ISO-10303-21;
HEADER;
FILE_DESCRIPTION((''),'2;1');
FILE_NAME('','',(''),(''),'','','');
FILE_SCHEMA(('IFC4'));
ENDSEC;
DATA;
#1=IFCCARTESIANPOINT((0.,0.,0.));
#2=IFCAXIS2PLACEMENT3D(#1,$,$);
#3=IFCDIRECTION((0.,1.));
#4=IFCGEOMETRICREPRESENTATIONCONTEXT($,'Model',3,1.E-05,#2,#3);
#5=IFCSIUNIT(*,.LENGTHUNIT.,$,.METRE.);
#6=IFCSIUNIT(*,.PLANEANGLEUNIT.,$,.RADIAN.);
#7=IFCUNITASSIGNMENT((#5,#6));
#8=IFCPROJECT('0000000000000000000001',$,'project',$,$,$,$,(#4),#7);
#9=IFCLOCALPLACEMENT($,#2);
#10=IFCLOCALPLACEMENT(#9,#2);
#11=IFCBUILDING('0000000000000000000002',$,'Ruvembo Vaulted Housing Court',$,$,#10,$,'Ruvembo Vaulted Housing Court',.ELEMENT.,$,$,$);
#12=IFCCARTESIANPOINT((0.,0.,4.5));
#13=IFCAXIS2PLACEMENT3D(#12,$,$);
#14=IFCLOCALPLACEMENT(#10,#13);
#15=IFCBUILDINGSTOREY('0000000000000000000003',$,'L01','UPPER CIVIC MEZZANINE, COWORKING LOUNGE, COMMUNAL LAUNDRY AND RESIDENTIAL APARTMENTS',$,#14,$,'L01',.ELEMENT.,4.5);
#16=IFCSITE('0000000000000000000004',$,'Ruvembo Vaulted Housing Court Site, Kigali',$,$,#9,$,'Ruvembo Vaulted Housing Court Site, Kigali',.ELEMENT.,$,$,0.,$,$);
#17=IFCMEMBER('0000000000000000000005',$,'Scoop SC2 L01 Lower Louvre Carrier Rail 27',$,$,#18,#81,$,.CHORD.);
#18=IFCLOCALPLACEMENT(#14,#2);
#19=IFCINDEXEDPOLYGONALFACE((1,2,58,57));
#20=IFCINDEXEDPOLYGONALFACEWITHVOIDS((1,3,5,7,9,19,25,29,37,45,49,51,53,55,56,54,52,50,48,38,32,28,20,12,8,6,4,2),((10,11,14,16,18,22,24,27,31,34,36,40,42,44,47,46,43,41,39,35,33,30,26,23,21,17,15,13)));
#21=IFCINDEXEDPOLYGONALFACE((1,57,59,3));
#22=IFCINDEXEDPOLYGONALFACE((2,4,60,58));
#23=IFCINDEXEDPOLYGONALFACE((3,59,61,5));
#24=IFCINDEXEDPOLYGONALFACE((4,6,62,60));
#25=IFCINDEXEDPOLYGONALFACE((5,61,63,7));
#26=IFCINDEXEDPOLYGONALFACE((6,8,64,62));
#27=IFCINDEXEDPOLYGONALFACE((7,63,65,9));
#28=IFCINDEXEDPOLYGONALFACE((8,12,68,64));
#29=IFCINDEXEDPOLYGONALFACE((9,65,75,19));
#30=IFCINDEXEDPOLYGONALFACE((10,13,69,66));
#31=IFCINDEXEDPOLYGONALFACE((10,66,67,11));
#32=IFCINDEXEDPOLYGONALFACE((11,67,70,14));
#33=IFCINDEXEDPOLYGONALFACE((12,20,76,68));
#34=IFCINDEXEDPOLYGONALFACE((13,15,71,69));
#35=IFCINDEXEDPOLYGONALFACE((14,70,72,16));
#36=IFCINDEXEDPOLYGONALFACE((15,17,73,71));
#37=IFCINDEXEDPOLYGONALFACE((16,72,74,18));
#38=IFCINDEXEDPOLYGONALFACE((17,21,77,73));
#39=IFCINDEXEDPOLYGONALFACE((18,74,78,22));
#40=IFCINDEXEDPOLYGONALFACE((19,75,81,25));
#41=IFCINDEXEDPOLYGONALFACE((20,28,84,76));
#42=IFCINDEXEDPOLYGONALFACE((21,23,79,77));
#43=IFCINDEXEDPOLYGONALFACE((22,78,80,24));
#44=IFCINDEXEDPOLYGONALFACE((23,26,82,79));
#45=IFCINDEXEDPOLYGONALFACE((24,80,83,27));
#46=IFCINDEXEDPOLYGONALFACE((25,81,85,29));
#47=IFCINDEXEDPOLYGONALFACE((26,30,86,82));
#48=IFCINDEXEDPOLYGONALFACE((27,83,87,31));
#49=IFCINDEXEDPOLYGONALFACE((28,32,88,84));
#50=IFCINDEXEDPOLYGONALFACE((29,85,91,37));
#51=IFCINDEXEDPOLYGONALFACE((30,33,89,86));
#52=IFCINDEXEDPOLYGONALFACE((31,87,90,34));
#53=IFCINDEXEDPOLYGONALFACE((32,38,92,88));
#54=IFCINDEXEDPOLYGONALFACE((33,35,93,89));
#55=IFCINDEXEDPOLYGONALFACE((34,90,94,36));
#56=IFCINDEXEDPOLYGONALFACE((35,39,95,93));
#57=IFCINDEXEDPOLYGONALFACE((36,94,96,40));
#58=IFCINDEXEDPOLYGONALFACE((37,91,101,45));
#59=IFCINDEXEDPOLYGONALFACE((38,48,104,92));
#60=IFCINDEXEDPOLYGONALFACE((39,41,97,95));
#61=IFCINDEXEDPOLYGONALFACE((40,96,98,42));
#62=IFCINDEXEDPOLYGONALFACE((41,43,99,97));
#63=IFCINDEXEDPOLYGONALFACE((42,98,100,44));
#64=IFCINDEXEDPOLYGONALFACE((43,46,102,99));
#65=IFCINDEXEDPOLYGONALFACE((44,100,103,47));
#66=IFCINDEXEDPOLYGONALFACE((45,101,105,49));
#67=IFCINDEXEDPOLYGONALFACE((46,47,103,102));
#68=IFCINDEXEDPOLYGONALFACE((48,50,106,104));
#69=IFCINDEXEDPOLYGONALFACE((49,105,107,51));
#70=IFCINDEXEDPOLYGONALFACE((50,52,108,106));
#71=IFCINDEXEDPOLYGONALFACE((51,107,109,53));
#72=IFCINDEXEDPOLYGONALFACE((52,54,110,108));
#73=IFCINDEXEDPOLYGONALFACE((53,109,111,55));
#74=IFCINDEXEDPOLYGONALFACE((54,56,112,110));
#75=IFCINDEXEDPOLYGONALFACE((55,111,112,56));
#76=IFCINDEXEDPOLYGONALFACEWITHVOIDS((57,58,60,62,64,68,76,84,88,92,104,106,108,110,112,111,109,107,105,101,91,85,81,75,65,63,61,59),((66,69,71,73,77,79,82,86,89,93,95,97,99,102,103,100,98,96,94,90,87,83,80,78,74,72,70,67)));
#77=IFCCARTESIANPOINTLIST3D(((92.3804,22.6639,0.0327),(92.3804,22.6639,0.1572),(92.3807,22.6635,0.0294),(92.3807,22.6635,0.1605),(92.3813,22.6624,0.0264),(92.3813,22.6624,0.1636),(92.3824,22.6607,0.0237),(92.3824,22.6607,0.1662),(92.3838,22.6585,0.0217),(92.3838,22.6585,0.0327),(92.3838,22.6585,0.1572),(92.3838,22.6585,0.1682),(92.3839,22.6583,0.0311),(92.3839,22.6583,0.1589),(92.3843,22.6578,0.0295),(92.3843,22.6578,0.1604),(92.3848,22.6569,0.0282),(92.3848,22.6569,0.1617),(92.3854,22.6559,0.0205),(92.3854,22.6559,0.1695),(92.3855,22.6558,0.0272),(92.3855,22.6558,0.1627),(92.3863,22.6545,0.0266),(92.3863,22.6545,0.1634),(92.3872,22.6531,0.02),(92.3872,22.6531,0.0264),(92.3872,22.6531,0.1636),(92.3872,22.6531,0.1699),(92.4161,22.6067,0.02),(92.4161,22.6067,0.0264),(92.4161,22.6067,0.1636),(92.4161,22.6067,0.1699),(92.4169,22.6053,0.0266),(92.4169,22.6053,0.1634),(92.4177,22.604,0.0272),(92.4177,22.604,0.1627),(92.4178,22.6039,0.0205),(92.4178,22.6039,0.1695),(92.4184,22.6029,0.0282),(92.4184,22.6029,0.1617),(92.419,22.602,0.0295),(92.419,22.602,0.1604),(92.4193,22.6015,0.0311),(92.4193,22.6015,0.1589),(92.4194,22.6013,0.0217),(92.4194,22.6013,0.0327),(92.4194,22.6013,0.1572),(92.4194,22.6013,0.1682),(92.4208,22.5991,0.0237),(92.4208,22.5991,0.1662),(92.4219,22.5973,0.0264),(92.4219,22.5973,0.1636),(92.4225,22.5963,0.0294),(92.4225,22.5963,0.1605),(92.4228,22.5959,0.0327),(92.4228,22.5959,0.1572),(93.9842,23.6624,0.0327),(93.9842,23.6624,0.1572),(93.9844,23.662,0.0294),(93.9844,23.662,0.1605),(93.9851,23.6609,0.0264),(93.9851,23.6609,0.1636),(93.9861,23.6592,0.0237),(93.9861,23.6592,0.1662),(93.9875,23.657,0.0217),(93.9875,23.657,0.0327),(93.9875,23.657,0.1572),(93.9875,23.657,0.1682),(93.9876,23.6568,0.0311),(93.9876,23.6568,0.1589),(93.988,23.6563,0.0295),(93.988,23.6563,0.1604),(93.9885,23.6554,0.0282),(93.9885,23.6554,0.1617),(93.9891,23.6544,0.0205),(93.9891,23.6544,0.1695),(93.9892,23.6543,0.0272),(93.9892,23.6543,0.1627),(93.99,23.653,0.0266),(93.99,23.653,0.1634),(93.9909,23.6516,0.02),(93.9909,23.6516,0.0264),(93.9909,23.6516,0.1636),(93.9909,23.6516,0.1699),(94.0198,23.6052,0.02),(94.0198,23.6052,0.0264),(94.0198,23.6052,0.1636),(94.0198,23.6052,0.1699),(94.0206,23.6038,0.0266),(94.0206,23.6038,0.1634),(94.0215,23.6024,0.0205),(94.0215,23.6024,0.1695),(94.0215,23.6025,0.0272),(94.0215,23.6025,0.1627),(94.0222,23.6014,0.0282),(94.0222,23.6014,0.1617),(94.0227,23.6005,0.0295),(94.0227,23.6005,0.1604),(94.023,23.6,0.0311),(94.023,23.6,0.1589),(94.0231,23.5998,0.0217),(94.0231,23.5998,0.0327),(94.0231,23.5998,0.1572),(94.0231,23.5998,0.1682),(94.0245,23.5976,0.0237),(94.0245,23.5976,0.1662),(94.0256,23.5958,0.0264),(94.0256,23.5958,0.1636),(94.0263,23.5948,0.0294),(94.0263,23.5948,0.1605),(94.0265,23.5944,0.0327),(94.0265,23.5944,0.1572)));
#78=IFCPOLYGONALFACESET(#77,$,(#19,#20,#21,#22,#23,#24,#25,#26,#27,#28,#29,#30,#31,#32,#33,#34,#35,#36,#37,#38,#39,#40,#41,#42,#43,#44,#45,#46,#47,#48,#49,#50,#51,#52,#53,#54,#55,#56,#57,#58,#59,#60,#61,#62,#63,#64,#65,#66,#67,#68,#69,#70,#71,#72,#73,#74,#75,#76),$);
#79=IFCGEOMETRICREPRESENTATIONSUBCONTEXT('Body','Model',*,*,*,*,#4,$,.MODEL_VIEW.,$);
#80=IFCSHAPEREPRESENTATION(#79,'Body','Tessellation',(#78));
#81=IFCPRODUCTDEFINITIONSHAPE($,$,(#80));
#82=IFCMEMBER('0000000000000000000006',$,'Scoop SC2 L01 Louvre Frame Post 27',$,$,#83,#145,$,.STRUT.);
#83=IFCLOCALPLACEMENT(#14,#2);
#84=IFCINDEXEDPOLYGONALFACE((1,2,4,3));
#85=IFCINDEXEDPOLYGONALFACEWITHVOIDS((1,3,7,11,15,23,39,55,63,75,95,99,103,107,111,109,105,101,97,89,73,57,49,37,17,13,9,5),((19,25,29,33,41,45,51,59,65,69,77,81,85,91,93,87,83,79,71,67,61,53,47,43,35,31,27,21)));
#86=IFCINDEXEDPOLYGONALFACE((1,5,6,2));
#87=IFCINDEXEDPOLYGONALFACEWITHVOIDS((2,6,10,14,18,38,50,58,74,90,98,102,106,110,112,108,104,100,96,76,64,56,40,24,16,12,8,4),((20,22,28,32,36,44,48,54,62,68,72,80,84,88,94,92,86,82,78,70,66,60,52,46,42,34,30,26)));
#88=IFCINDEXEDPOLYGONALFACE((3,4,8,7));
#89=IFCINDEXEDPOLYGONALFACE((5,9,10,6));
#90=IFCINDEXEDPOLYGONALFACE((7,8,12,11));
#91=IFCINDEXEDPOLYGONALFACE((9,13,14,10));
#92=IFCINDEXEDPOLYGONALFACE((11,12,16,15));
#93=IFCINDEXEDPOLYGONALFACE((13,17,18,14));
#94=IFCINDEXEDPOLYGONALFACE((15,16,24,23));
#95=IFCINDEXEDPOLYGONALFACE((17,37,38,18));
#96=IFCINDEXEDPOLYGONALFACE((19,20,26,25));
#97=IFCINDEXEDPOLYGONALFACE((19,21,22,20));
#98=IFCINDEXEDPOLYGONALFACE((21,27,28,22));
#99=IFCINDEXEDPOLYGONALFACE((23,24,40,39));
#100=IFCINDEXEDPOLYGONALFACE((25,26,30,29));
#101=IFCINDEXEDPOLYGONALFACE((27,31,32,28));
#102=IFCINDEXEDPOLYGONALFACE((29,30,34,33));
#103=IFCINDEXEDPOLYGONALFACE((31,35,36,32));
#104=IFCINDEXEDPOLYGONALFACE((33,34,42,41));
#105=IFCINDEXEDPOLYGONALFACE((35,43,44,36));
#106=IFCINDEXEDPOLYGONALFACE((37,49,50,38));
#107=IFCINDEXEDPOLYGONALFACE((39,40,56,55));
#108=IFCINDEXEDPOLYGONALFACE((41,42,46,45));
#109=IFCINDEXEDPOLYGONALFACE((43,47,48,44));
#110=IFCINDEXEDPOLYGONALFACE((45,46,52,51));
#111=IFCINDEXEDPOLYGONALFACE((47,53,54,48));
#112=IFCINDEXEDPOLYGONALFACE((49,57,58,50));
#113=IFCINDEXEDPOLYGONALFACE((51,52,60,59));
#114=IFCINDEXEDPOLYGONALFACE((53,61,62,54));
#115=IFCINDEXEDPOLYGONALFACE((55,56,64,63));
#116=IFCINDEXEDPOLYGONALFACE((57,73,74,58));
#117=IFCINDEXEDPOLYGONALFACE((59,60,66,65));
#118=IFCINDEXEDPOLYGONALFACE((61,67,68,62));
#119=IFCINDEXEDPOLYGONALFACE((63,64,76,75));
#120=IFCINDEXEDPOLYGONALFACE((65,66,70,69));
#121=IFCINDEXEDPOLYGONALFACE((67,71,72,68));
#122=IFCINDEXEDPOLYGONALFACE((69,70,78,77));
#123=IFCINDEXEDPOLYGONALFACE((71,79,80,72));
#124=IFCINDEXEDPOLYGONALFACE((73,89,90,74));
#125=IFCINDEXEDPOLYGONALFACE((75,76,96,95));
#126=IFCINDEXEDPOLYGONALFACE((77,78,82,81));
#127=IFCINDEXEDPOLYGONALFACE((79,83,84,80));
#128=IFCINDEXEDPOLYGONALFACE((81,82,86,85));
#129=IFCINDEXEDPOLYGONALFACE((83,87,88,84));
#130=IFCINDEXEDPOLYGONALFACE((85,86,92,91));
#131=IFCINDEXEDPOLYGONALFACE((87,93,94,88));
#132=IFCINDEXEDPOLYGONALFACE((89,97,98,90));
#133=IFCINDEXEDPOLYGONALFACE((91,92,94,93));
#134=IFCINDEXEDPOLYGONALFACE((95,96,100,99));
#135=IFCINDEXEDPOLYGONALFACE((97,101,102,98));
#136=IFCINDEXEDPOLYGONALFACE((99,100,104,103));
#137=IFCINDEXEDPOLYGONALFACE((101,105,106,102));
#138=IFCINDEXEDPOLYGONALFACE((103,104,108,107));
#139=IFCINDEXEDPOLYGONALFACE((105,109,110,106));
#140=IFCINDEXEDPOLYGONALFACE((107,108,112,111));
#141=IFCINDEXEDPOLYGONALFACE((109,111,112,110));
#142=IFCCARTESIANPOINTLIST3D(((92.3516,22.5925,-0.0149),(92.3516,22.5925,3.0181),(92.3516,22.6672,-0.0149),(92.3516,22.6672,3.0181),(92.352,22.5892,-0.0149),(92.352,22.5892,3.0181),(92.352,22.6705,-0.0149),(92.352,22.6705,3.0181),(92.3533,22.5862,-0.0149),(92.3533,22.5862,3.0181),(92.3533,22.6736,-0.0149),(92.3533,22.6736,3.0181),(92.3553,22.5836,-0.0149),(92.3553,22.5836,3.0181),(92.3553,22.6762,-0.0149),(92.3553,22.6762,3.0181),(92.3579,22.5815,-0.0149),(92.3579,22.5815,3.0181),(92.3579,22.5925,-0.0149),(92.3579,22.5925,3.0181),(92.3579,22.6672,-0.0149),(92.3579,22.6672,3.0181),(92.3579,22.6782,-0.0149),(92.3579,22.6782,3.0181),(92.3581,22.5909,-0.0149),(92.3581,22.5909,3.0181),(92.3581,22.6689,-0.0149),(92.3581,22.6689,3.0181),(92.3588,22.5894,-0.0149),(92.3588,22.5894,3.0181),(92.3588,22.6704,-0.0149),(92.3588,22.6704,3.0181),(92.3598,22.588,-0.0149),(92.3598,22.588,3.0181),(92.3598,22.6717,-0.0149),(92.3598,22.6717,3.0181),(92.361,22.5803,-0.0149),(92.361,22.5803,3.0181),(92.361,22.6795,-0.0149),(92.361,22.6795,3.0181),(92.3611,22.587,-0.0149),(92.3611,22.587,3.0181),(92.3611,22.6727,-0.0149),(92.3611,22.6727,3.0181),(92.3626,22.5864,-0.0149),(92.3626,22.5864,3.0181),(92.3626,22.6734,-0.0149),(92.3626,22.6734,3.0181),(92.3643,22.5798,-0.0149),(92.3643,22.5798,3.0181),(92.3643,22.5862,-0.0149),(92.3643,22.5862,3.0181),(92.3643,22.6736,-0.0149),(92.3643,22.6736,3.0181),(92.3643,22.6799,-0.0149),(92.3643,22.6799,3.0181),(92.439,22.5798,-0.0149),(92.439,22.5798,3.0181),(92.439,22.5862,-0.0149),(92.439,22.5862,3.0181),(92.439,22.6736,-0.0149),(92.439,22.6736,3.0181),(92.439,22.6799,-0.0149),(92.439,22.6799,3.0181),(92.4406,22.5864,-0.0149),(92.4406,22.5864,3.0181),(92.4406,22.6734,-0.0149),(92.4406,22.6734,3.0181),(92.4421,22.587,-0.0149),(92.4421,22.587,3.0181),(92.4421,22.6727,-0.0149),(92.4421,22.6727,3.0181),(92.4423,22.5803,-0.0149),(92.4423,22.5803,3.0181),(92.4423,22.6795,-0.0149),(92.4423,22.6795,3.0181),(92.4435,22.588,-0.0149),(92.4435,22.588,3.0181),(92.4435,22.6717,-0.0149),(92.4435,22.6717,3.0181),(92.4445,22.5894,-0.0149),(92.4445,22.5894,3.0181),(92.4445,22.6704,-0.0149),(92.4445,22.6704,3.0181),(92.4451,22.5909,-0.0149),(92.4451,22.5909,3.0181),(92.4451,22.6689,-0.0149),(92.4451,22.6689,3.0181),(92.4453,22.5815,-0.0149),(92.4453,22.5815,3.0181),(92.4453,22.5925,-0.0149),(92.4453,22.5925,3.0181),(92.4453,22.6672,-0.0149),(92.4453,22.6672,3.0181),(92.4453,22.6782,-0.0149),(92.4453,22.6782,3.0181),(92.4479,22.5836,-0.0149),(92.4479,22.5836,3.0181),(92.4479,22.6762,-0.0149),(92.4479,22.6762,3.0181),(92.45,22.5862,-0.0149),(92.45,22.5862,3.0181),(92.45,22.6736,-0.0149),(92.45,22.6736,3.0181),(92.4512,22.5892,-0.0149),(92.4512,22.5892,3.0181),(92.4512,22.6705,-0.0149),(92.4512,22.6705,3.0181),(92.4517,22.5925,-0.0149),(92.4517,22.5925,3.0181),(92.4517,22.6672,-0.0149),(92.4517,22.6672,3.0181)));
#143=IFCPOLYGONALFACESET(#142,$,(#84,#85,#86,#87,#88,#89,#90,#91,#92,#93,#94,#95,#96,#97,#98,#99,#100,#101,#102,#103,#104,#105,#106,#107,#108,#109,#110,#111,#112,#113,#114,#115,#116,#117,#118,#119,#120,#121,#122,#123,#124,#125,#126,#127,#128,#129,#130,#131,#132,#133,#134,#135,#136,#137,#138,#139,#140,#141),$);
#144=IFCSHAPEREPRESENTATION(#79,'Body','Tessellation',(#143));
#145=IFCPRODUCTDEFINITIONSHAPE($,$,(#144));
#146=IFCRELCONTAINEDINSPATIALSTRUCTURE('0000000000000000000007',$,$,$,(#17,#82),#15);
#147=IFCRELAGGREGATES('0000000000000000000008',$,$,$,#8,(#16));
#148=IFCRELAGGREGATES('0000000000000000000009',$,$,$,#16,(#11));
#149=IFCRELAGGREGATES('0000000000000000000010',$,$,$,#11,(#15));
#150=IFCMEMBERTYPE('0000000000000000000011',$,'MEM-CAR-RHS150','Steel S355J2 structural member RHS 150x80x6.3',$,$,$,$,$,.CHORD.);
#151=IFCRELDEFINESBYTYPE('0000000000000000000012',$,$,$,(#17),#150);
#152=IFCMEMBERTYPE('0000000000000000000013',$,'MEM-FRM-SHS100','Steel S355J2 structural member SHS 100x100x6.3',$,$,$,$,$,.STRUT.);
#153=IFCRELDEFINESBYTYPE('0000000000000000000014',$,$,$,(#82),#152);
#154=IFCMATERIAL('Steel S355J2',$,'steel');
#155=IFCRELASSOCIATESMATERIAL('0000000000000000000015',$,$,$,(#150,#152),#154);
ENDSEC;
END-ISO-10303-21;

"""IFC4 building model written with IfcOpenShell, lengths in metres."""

from ifc_helpers import new_model, si_unit, direction, frame, origin, origin_2d, place, context, subcontext, project, spatial, hollow_rectangle, extrude, material, material_profile, profile_set, type_object, element, save


model = new_model("IFC4")

# Units and contexts
model_context = context("Model", 3, precision=1e-05, world=origin(), true_north=direction((0.0, 1.0)))
body_context = subcontext(model_context, "Body", "Model", "MODEL_VIEW")
ifc_project = project(units=[si_unit("LENGTHUNIT", "METRE"), si_unit("PLANEANGLEUNIT", "RADIAN")], contexts=[model_context])

# Site, building, storey
site_placement = place(None, origin())
site = spatial("IfcSite", under=ifc_project, at=site_placement, Name="Ruvembo Vaulted Housing Court Site, Kigali", LongName="Ruvembo Vaulted Housing Court Site, Kigali", CompositionType="ELEMENT", RefElevation=0.0)
building_placement = place(site_placement, origin())
building = spatial("IfcBuilding", under=site, at=building_placement, Name="Ruvembo Vaulted Housing Court", LongName="Ruvembo Vaulted Housing Court", CompositionType="ELEMENT")
storey_placement = place(building_placement, frame((0.0, 0.0, 4.5)))
storey = spatial("IfcBuildingStorey", under=building, at=storey_placement, Name="L01", Description="UPPER CIVIC MEZZANINE, COWORKING LOUNGE, COMMUNAL LAUNDRY AND RESIDENTIAL APARTMENTS", LongName="L01", CompositionType="ELEMENT", Elevation=4.5)

# Shared definitions
ifc_material_1 = material(Name="Steel S355J2", Category="steel")

# Members
ifc_material_profile_1 = material_profile(ifc_material_1, hollow_rectangle(XDim=0.0801, YDim=0.1499, WallThickness=0.0063, InnerFilletRadius=0.0063, OuterFilletRadius=0.0127, at=origin_2d()), Name="RHS 150x80x6.3")
ifc_profile_set_1 = profile_set([ifc_material_profile_1], Name="Steel S355J2")
member_type_1 = type_object("IfcMemberType", Name="MEM-CAR-RHS150", Description="Steel S355J2 structural member RHS 150x80x6.3", PredefinedType="CHORD", material=ifc_profile_set_1)
for number, where, z_axis, x_axis, name in (
    (1, (92.4016, 22.6299, 0.095), (0.848905, 0.528546, 0.0), (-0.528546, 0.848905, 0.0), "Scoop SC2 L01 Lower Louvre Carrier Rail 27"),
):
    element("IfcMember", number, at=place(storey_placement, frame(where, z_axis=z_axis, x_axis=x_axis)), inside=storey, type_object=member_type_1, Name=name, PredefinedType="CHORD", context=body_context, shape_type="SweptSolid", body=[
        extrude(hollow_rectangle(XDim=0.0801, YDim=0.1499, WallThickness=0.0063, InnerFilletRadius=0.0063, OuterFilletRadius=0.0127, at=origin_2d()), origin(), (0.0, 0.0, 1.0), 1.8892),
    ])
ifc_material_profile_2 = material_profile(ifc_material_1, hollow_rectangle(XDim=0.1001, YDim=0.1001, WallThickness=0.0063, InnerFilletRadius=0.0063, OuterFilletRadius=0.0127, at=origin_2d()), Name="SHS 100x100x6.3")
ifc_profile_set_2 = profile_set([ifc_material_profile_2], Name="Steel S355J2")
member_type_2 = type_object("IfcMemberType", Name="MEM-FRM-SHS100", Description="Steel S355J2 structural member SHS 100x100x6.3", PredefinedType="STRUT", material=ifc_profile_set_2)
for number, where, z_axis, x_axis, name in (
    (2, (92.4016, 22.6299, -0.0149), (0.0, 0.0, 1.0), (1.0, 0.0, 0.0), "Scoop SC2 L01 Louvre Frame Post 27"),
):
    element("IfcMember", number, at=place(storey_placement, frame(where, z_axis=z_axis, x_axis=x_axis)), inside=storey, type_object=member_type_2, Name=name, PredefinedType="STRUT", context=body_context, shape_type="SweptSolid", body=[
        extrude(hollow_rectangle(XDim=0.1001, YDim=0.1001, WallThickness=0.0063, InnerFilletRadius=0.0063, OuterFilletRadius=0.0127, at=origin_2d()), origin(), (0.0, 0.0, 1.0), 3.033),
    ])

save(model, "model.ifc")
